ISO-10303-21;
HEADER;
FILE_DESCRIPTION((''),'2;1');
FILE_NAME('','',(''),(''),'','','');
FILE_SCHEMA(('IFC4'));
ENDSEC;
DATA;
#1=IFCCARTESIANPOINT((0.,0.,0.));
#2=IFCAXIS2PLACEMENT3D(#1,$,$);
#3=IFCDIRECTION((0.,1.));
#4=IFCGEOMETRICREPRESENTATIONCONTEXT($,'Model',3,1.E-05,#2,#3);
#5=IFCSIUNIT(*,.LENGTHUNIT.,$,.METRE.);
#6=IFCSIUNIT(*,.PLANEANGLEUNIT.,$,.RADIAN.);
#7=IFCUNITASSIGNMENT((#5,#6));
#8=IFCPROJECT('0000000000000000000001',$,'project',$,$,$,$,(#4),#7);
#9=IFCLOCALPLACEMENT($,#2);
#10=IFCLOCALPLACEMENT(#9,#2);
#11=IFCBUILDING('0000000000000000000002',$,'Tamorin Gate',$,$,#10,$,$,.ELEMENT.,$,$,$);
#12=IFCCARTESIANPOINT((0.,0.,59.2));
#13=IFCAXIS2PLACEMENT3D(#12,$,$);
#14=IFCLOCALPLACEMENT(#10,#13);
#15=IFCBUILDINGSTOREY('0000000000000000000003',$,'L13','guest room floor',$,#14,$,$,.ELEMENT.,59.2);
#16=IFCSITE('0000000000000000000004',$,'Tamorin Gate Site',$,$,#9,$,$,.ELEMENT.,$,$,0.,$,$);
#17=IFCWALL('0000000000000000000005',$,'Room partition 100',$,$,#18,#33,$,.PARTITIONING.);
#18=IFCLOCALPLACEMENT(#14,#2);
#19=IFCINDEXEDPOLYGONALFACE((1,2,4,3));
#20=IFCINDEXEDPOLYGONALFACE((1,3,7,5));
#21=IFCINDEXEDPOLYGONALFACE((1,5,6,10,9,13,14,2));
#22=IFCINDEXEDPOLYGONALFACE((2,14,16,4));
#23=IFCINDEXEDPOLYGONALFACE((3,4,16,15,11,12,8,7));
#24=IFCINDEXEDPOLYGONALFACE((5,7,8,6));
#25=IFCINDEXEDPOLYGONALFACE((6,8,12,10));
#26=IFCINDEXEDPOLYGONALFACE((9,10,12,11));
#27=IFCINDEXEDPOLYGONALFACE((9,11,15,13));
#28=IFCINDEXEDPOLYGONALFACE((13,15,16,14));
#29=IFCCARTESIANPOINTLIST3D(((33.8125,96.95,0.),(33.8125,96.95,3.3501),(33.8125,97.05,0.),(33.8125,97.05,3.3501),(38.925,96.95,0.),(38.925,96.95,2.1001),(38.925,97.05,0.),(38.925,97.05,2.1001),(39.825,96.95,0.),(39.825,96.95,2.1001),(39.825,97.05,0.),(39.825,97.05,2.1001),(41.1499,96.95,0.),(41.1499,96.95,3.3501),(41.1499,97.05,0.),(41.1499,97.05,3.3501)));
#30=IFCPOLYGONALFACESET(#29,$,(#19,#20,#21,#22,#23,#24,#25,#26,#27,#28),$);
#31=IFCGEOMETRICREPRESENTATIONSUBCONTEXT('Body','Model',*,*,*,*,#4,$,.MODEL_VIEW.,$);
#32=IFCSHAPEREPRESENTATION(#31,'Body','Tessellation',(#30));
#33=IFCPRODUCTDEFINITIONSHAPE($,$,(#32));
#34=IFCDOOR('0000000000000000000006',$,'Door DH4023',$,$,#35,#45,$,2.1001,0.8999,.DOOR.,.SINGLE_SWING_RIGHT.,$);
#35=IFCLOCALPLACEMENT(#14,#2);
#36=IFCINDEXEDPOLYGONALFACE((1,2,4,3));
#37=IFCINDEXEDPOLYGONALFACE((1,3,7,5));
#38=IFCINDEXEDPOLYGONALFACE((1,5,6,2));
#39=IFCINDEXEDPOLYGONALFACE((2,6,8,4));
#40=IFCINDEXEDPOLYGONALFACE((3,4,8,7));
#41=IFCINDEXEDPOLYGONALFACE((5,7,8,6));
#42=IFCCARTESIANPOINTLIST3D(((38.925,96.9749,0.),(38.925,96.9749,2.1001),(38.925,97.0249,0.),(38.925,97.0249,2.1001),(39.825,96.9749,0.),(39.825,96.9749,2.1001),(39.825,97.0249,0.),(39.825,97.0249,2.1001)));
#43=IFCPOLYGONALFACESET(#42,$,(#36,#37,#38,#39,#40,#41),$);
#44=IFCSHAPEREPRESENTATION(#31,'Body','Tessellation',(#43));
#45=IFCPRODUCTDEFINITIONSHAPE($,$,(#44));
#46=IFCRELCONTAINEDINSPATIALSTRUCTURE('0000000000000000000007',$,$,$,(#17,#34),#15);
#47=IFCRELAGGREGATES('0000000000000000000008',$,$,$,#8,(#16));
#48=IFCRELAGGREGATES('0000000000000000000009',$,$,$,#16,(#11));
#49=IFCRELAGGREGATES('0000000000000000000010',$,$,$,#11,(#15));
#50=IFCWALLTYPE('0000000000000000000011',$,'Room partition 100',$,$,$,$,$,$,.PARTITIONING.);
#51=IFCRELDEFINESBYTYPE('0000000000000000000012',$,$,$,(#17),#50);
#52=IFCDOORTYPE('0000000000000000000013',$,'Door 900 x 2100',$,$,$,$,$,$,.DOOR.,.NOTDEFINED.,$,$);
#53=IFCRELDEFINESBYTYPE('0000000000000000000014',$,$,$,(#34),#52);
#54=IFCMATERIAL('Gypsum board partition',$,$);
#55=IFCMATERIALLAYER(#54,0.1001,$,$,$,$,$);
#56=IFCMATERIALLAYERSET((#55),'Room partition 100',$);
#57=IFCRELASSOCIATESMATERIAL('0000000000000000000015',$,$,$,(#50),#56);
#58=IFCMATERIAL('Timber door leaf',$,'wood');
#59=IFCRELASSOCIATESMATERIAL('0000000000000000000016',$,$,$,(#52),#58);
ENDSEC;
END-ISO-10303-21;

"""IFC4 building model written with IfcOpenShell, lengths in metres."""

from ifc_helpers import new_model, si_unit, direction, frame, frame_2d, origin, place, context, subcontext, project, spatial, rectangle, extrude, material, layer, layer_set, type_object, element, fill, save


model = new_model("IFC4")

# Units and contexts
model_context = context("Model", 3, precision=1e-05, world=origin(), true_north=direction((0.0, 1.0)))
body_context = subcontext(model_context, "Body", "Model", "MODEL_VIEW")
ifc_project = project(units=[si_unit("LENGTHUNIT", "METRE"), si_unit("PLANEANGLEUNIT", "RADIAN")], contexts=[model_context])

# Site, building, storey
site_placement = place(None, origin())
site = spatial("IfcSite", under=ifc_project, at=site_placement, Name="Tamorin Gate Site", CompositionType="ELEMENT", RefElevation=0.0)
building_placement = place(site_placement, origin())
building = spatial("IfcBuilding", under=site, at=building_placement, Name="Tamorin Gate", CompositionType="ELEMENT")
storey_placement = place(building_placement, frame((0.0, 0.0, 59.2)))
storey = spatial("IfcBuildingStorey", under=building, at=storey_placement, Name="L13", Description="guest room floor", CompositionType="ELEMENT", Elevation=59.2)

# Wall, opening, door
ifc_material_1 = material(Name="Gypsum board partition")
ifc_layer_1 = layer(ifc_material_1, 0.1001)
ifc_layer_set_1 = layer_set([ifc_layer_1], Name="Room partition 100")
wall_type_1 = type_object("IfcWallType", Name="Room partition 100", PredefinedType="PARTITIONING", material=ifc_layer_set_1)
wall_1_placement = place(storey_placement, frame((33.8125, 97.0, 0.0), z_axis=(0.0, 0.0, 1.0), x_axis=(1.0, 0.0, 0.0)))
wall_1 = element("IfcWall", 1, at=wall_1_placement, inside=storey, type_object=wall_type_1, Name="Room partition 100", PredefinedType="PARTITIONING", context=body_context, shape_type="SweptSolid", body=[
    extrude(rectangle(XDim=7.3374, YDim=0.1001, at=frame_2d((3.6687, 0.0))), origin(), (0.0, 0.0, 1.0), 3.3501),
])
opening_1_placement = place(wall_1_placement, frame((5.1125, 0.0, 0.0)))
opening_1 = element("IfcOpeningElement", 2, at=opening_1_placement, cuts=wall_1, PredefinedType="OPENING", context=body_context, shape_type="SweptSolid", body=[
    extrude(rectangle(XDim=0.8999, YDim=2.1001, at=frame_2d((0.45, 1.05))), frame((0.0, 0.0601, 0.0), z_axis=(0.0, -1.0, 0.0), x_axis=(1.0, 0.0, 0.0)), (0.0, 0.0, 1.0), 0.1201),
])
ifc_material_2 = material(Name="Timber door leaf", Category="wood")
door_type = type_object("IfcDoorType", Name="Door 900 x 2100", OperationType="NOTDEFINED", PredefinedType="DOOR", material=ifc_material_2)
door_placement = place(opening_1_placement, origin())
door = element("IfcDoor", 3, at=door_placement, inside=storey, type_object=door_type, Name="Door DH4023", OperationType="SINGLE_SWING_RIGHT", OverallHeight=2.1001, OverallWidth=0.8999, PredefinedType="DOOR", context=body_context, shape_type="SweptSolid", body=[
    extrude(rectangle(XDim=0.8999, YDim=2.1001, at=frame_2d((0.45, 1.05))), frame((0.0, 0.0249, 0.0), z_axis=(0.0, -1.0, 0.0), x_axis=(1.0, 0.0, 0.0)), (0.0, 0.0, 1.0), 0.05),
])
fill(opening_1, door)

save(model, "model.ifc")
